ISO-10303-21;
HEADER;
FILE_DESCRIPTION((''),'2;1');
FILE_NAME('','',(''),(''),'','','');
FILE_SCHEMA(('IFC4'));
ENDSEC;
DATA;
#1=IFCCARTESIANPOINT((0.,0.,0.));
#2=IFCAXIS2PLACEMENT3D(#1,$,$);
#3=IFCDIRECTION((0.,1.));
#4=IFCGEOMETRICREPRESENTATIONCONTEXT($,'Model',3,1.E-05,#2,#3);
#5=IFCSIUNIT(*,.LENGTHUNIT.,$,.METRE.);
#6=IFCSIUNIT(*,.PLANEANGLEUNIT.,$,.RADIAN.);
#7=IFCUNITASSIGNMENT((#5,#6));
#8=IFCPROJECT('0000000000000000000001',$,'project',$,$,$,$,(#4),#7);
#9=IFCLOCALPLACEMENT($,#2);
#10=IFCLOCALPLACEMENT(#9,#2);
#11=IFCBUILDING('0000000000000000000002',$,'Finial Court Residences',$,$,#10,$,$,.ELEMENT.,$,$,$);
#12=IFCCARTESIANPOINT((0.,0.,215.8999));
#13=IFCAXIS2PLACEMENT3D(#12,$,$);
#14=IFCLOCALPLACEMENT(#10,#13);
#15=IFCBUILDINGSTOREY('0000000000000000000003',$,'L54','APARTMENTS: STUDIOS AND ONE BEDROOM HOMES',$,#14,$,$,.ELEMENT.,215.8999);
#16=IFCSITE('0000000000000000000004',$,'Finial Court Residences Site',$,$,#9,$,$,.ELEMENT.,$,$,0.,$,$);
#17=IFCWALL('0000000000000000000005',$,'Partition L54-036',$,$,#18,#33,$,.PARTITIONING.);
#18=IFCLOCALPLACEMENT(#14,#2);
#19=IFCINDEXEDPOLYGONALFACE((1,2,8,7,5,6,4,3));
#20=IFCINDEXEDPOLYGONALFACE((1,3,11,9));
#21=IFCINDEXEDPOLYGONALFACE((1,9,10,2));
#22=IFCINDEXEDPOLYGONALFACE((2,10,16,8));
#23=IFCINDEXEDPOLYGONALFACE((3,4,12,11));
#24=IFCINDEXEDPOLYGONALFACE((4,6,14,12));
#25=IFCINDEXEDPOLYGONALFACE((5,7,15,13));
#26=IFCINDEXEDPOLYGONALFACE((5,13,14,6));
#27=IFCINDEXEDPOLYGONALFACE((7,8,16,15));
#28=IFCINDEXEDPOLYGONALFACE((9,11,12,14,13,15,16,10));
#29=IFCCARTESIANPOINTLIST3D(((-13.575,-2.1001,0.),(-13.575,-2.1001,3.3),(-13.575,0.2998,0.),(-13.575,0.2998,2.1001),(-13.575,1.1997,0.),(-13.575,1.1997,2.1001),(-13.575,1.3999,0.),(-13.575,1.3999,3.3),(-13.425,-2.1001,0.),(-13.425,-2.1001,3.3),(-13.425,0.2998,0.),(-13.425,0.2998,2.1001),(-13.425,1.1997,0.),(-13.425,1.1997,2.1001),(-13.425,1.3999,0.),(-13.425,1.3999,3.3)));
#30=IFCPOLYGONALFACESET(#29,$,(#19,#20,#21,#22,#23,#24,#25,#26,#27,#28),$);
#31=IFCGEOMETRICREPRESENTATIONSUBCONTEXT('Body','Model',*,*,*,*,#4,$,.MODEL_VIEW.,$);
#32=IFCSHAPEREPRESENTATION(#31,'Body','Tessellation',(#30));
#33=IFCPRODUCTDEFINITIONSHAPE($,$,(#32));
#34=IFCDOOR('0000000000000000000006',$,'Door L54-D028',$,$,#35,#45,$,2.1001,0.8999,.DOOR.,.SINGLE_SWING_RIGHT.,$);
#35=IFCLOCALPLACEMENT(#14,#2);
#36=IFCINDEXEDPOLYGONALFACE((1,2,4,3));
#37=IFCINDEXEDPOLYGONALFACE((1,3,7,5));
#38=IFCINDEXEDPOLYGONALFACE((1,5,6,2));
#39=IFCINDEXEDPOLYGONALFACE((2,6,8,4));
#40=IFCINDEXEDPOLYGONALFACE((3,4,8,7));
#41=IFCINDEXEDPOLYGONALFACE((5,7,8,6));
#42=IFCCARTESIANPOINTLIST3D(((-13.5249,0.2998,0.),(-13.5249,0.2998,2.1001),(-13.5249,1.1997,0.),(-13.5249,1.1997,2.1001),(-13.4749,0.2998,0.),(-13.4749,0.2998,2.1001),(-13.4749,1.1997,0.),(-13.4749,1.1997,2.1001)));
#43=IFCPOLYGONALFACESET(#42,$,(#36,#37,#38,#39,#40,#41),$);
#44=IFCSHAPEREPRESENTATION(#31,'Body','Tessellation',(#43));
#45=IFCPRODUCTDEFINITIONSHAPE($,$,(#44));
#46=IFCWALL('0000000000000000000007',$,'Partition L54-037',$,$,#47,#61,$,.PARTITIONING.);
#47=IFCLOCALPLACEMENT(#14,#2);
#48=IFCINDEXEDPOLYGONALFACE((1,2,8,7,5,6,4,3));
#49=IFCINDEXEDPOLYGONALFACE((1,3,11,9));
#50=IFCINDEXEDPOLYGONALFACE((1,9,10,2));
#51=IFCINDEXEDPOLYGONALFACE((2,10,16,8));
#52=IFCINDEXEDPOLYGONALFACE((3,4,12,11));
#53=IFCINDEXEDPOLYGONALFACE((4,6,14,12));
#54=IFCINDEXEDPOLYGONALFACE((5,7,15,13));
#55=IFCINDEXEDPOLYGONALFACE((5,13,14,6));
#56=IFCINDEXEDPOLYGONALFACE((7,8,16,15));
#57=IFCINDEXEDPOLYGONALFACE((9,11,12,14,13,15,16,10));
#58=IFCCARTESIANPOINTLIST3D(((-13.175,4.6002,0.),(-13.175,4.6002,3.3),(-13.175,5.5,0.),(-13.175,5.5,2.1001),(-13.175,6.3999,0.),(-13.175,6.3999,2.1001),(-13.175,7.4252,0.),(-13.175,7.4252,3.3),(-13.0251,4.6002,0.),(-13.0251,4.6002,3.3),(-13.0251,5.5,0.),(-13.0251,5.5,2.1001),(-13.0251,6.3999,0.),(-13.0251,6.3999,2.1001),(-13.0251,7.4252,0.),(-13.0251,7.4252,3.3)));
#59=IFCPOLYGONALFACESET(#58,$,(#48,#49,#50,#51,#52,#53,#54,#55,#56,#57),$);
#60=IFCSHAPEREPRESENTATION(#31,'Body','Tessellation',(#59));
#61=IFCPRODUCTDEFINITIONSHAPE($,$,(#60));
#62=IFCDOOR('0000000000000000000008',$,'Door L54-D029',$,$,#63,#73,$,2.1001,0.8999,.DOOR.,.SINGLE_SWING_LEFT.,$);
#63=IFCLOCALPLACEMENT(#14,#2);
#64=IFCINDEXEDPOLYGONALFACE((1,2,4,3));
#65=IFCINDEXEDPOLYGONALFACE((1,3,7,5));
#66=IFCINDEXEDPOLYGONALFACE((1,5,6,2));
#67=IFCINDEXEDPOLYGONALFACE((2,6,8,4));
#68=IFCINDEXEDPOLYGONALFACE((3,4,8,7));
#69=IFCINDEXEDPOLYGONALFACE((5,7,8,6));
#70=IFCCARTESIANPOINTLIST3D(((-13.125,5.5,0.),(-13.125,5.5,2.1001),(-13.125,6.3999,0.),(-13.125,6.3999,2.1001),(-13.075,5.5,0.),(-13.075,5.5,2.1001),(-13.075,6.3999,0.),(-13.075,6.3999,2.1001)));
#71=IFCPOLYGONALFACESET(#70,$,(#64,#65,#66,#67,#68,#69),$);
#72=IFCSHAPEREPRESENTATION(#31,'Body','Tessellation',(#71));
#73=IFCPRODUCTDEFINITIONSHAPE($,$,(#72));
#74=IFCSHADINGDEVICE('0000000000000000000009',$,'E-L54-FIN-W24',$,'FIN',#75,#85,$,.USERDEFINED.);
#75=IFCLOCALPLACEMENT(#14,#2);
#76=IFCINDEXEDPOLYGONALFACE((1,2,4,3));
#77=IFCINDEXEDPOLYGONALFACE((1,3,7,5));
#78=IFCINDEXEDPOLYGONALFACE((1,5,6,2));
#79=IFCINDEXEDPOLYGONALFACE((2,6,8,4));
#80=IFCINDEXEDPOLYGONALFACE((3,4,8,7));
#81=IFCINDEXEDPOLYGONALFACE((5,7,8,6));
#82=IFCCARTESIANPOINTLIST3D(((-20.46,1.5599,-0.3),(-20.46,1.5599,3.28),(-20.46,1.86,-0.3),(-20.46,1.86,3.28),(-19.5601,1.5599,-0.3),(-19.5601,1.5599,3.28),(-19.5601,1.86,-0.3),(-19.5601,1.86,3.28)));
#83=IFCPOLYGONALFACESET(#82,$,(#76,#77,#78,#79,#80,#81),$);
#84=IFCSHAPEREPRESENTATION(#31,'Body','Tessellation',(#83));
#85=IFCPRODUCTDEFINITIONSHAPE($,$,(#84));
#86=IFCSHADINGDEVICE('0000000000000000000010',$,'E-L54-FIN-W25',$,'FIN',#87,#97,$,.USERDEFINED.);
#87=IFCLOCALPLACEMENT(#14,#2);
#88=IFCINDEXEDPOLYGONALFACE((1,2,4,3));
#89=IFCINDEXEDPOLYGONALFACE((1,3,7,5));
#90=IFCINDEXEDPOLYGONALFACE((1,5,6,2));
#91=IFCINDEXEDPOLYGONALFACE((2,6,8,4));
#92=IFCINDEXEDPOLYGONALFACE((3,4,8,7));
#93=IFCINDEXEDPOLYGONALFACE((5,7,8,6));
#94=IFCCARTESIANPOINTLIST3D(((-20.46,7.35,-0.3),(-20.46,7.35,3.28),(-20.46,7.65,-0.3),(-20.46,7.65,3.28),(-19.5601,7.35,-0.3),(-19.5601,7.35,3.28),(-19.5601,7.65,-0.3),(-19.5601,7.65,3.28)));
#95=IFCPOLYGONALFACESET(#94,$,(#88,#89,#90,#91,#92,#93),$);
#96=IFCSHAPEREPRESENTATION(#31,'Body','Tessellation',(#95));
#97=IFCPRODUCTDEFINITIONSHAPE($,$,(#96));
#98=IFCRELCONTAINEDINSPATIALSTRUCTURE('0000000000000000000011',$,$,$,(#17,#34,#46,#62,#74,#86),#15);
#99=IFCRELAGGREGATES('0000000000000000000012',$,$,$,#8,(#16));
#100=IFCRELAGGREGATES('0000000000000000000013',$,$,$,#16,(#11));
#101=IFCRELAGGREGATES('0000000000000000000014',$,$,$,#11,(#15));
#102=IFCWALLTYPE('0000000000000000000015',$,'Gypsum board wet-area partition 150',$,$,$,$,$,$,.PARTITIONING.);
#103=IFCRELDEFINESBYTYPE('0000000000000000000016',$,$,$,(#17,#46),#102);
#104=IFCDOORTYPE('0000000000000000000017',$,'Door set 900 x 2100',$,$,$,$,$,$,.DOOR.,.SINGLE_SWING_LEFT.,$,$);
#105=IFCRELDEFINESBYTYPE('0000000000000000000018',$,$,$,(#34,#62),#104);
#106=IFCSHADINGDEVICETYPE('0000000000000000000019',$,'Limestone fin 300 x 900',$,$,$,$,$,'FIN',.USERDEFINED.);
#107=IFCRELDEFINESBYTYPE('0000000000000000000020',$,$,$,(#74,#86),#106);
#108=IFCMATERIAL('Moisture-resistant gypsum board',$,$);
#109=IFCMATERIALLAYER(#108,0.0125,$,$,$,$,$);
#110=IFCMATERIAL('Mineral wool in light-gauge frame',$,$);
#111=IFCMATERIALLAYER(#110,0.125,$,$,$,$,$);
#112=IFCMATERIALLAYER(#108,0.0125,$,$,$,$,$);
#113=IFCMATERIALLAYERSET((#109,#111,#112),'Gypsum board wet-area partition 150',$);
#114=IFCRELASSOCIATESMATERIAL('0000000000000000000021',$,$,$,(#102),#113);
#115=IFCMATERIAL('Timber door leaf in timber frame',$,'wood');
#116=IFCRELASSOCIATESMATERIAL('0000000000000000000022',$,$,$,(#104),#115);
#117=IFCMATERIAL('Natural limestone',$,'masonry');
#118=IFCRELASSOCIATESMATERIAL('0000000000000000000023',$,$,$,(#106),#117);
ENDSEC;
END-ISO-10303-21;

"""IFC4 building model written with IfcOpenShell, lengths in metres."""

from ifc_helpers import new_model, si_unit, direction, frame, frame_2d, origin, origin_2d, place, context, subcontext, project, spatial, rectangle, extrude, material, layer, layer_set, type_object, element, fill, save


model = new_model("IFC4")

# Units and contexts
model_context = context("Model", 3, precision=1e-05, world=origin(), true_north=direction((0.0, 1.0)))
body_context = subcontext(model_context, "Body", "Model", "MODEL_VIEW")
ifc_project = project(units=[si_unit("LENGTHUNIT", "METRE"), si_unit("PLANEANGLEUNIT", "RADIAN")], contexts=[model_context])

# Site, building, storey
site_placement = place(None, origin())
site = spatial("IfcSite", under=ifc_project, at=site_placement, Name="Finial Court Residences Site", CompositionType="ELEMENT", RefElevation=0.0)
building_placement = place(site_placement, origin())
building = spatial("IfcBuilding", under=site, at=building_placement, Name="Finial Court Residences", CompositionType="ELEMENT")
storey_placement = place(building_placement, frame((0.0, 0.0, 215.8999)))
storey = spatial("IfcBuildingStorey", under=building, at=storey_placement, Name="L54", Description="APARTMENTS: STUDIOS AND ONE BEDROOM HOMES", CompositionType="ELEMENT", Elevation=215.8999)

# Shared definitions
ifc_material_1 = material(Name="Moisture-resistant gypsum board")
ifc_layer_1 = layer(ifc_material_1, 0.0125)
ifc_material_2 = material(Name="Mineral wool in light-gauge frame")
ifc_layer_2 = layer(ifc_material_2, 0.125)
ifc_layer_3 = layer(ifc_material_1, 0.0125)
ifc_layer_set_1 = layer_set([ifc_layer_1, ifc_layer_2, ifc_layer_3], Name="Gypsum board wet-area partition 150")
wall_type_1 = type_object("IfcWallType", Name="Gypsum board wet-area partition 150", PredefinedType="PARTITIONING", material=ifc_layer_set_1)

# Walls, openings, doors
ifc_material_3 = material(Name="Timber door leaf in timber frame", Category="wood")
door_type_1 = type_object("IfcDoorType", Name="Door set 900 x 2100", OperationType="SINGLE_SWING_LEFT", PredefinedType="DOOR", material=ifc_material_3)
wall_1_placement = place(storey_placement, frame((-13.5, -2.1001, 0.0), z_axis=(0.0, 0.0, 1.0), x_axis=(0.0, 1.0, 0.0)))
wall_1 = element("IfcWall", 1, at=wall_1_placement, inside=storey, type_object=wall_type_1, Name="Partition L54-036", PredefinedType="PARTITIONING", context=body_context, shape_type="SweptSolid", body=[
    extrude(rectangle(XDim=3.5, YDim=0.1499, at=frame_2d((1.75, 0.0))), origin(), (0.0, 0.0, 1.0), 3.3),
])
opening_1_placement = place(wall_1_placement, frame((2.3999, 0.0, 0.0)))
opening_1 = element("IfcOpeningElement", 2, at=opening_1_placement, cuts=wall_1, PredefinedType="OPENING", context=body_context, shape_type="SweptSolid", body=[
    extrude(rectangle(XDim=0.8999, YDim=2.1001, at=frame_2d((0.45, 1.05))), frame((0.0, 0.085, 0.0), z_axis=(0.0, -1.0, 0.0), x_axis=(1.0, 0.0, 0.0)), (0.0, 0.0, 1.0), 0.1699),
])
door_1_placement = place(opening_1_placement, origin())
door_1 = element("IfcDoor", 3, at=door_1_placement, inside=storey, type_object=door_type_1, Name="Door L54-D028", OperationType="SINGLE_SWING_RIGHT", OverallHeight=2.1001, OverallWidth=0.8999, PredefinedType="DOOR", context=body_context, shape_type="SweptSolid", body=[
    extrude(rectangle(XDim=0.8999, YDim=2.1001, at=frame_2d((0.45, 1.05))), frame((0.0, 0.0249, 0.0), z_axis=(0.0, -1.0, 0.0), x_axis=(1.0, 0.0, 0.0)), (0.0, 0.0, 1.0), 0.05),
])
fill(opening_1, door_1)
wall_2_placement = place(storey_placement, frame((-13.1001, 4.6001, 0.0), z_axis=(0.0, 0.0, 1.0), x_axis=(0.0, 1.0, 0.0)))
wall_2 = element("IfcWall", 4, at=wall_2_placement, inside=storey, type_object=wall_type_1, Name="Partition L54-037", PredefinedType="PARTITIONING", context=body_context, shape_type="SweptSolid", body=[
    extrude(rectangle(XDim=2.825, YDim=0.1499, at=frame_2d((1.4126, 0.0))), origin(), (0.0, 0.0, 1.0), 3.3),
])
opening_2_placement = place(wall_2_placement, frame((0.8999, 0.0, 0.0)))
opening_2 = element("IfcOpeningElement", 5, at=opening_2_placement, cuts=wall_2, PredefinedType="OPENING", context=body_context, shape_type="SweptSolid", body=[
    extrude(rectangle(XDim=0.8999, YDim=2.1001, at=frame_2d((0.45, 1.05))), frame((0.0, 0.085, 0.0), z_axis=(0.0, -1.0, 0.0), x_axis=(1.0, 0.0, 0.0)), (0.0, 0.0, 1.0), 0.1699),
])
door_2_placement = place(opening_2_placement, origin())
door_2 = element("IfcDoor", 6, at=door_2_placement, inside=storey, type_object=door_type_1, Name="Door L54-D029", OperationType="SINGLE_SWING_LEFT", OverallHeight=2.1001, OverallWidth=0.8999, PredefinedType="DOOR", context=body_context, shape_type="SweptSolid", body=[
    extrude(rectangle(XDim=0.8999, YDim=2.1001, at=frame_2d((0.45, 1.05))), frame((0.0, 0.0249, 0.0), z_axis=(0.0, -1.0, 0.0), x_axis=(1.0, 0.0, 0.0)), (0.0, 0.0, 1.0), 0.05),
])
fill(opening_2, door_2)

# Shading devices
ifc_material_4 = material(Name="Natural limestone", Category="masonry")
shading_device_type = type_object("IfcShadingDeviceType", Name="Limestone fin 300 x 900", ElementType="FIN", PredefinedType="USERDEFINED", material=ifc_material_4)
for number, where, z_axis, x_axis, name in (
    (7, (-20.01, 1.71, -0.3), (0.0, 0.0, 1.0), (1.0, 0.0, 0.0), "E-L54-FIN-W24"),
    (8, (-20.01, 7.5, -0.3), (0.0, 0.0, 1.0), (1.0, 0.0, 0.0), "E-L54-FIN-W25"),
):
    element("IfcShadingDevice", number, at=place(storey_placement, frame(where, z_axis=z_axis, x_axis=x_axis)), inside=storey, type_object=shading_device_type, Name=name, ObjectType="FIN", PredefinedType="USERDEFINED", context=body_context, shape_type="SweptSolid", body=[
        extrude(rectangle(XDim=0.8999, YDim=0.3, at=origin_2d()), origin(), (0.0, 0.0, 1.0), 3.5801),
    ])

save(model, "model.ifc")
